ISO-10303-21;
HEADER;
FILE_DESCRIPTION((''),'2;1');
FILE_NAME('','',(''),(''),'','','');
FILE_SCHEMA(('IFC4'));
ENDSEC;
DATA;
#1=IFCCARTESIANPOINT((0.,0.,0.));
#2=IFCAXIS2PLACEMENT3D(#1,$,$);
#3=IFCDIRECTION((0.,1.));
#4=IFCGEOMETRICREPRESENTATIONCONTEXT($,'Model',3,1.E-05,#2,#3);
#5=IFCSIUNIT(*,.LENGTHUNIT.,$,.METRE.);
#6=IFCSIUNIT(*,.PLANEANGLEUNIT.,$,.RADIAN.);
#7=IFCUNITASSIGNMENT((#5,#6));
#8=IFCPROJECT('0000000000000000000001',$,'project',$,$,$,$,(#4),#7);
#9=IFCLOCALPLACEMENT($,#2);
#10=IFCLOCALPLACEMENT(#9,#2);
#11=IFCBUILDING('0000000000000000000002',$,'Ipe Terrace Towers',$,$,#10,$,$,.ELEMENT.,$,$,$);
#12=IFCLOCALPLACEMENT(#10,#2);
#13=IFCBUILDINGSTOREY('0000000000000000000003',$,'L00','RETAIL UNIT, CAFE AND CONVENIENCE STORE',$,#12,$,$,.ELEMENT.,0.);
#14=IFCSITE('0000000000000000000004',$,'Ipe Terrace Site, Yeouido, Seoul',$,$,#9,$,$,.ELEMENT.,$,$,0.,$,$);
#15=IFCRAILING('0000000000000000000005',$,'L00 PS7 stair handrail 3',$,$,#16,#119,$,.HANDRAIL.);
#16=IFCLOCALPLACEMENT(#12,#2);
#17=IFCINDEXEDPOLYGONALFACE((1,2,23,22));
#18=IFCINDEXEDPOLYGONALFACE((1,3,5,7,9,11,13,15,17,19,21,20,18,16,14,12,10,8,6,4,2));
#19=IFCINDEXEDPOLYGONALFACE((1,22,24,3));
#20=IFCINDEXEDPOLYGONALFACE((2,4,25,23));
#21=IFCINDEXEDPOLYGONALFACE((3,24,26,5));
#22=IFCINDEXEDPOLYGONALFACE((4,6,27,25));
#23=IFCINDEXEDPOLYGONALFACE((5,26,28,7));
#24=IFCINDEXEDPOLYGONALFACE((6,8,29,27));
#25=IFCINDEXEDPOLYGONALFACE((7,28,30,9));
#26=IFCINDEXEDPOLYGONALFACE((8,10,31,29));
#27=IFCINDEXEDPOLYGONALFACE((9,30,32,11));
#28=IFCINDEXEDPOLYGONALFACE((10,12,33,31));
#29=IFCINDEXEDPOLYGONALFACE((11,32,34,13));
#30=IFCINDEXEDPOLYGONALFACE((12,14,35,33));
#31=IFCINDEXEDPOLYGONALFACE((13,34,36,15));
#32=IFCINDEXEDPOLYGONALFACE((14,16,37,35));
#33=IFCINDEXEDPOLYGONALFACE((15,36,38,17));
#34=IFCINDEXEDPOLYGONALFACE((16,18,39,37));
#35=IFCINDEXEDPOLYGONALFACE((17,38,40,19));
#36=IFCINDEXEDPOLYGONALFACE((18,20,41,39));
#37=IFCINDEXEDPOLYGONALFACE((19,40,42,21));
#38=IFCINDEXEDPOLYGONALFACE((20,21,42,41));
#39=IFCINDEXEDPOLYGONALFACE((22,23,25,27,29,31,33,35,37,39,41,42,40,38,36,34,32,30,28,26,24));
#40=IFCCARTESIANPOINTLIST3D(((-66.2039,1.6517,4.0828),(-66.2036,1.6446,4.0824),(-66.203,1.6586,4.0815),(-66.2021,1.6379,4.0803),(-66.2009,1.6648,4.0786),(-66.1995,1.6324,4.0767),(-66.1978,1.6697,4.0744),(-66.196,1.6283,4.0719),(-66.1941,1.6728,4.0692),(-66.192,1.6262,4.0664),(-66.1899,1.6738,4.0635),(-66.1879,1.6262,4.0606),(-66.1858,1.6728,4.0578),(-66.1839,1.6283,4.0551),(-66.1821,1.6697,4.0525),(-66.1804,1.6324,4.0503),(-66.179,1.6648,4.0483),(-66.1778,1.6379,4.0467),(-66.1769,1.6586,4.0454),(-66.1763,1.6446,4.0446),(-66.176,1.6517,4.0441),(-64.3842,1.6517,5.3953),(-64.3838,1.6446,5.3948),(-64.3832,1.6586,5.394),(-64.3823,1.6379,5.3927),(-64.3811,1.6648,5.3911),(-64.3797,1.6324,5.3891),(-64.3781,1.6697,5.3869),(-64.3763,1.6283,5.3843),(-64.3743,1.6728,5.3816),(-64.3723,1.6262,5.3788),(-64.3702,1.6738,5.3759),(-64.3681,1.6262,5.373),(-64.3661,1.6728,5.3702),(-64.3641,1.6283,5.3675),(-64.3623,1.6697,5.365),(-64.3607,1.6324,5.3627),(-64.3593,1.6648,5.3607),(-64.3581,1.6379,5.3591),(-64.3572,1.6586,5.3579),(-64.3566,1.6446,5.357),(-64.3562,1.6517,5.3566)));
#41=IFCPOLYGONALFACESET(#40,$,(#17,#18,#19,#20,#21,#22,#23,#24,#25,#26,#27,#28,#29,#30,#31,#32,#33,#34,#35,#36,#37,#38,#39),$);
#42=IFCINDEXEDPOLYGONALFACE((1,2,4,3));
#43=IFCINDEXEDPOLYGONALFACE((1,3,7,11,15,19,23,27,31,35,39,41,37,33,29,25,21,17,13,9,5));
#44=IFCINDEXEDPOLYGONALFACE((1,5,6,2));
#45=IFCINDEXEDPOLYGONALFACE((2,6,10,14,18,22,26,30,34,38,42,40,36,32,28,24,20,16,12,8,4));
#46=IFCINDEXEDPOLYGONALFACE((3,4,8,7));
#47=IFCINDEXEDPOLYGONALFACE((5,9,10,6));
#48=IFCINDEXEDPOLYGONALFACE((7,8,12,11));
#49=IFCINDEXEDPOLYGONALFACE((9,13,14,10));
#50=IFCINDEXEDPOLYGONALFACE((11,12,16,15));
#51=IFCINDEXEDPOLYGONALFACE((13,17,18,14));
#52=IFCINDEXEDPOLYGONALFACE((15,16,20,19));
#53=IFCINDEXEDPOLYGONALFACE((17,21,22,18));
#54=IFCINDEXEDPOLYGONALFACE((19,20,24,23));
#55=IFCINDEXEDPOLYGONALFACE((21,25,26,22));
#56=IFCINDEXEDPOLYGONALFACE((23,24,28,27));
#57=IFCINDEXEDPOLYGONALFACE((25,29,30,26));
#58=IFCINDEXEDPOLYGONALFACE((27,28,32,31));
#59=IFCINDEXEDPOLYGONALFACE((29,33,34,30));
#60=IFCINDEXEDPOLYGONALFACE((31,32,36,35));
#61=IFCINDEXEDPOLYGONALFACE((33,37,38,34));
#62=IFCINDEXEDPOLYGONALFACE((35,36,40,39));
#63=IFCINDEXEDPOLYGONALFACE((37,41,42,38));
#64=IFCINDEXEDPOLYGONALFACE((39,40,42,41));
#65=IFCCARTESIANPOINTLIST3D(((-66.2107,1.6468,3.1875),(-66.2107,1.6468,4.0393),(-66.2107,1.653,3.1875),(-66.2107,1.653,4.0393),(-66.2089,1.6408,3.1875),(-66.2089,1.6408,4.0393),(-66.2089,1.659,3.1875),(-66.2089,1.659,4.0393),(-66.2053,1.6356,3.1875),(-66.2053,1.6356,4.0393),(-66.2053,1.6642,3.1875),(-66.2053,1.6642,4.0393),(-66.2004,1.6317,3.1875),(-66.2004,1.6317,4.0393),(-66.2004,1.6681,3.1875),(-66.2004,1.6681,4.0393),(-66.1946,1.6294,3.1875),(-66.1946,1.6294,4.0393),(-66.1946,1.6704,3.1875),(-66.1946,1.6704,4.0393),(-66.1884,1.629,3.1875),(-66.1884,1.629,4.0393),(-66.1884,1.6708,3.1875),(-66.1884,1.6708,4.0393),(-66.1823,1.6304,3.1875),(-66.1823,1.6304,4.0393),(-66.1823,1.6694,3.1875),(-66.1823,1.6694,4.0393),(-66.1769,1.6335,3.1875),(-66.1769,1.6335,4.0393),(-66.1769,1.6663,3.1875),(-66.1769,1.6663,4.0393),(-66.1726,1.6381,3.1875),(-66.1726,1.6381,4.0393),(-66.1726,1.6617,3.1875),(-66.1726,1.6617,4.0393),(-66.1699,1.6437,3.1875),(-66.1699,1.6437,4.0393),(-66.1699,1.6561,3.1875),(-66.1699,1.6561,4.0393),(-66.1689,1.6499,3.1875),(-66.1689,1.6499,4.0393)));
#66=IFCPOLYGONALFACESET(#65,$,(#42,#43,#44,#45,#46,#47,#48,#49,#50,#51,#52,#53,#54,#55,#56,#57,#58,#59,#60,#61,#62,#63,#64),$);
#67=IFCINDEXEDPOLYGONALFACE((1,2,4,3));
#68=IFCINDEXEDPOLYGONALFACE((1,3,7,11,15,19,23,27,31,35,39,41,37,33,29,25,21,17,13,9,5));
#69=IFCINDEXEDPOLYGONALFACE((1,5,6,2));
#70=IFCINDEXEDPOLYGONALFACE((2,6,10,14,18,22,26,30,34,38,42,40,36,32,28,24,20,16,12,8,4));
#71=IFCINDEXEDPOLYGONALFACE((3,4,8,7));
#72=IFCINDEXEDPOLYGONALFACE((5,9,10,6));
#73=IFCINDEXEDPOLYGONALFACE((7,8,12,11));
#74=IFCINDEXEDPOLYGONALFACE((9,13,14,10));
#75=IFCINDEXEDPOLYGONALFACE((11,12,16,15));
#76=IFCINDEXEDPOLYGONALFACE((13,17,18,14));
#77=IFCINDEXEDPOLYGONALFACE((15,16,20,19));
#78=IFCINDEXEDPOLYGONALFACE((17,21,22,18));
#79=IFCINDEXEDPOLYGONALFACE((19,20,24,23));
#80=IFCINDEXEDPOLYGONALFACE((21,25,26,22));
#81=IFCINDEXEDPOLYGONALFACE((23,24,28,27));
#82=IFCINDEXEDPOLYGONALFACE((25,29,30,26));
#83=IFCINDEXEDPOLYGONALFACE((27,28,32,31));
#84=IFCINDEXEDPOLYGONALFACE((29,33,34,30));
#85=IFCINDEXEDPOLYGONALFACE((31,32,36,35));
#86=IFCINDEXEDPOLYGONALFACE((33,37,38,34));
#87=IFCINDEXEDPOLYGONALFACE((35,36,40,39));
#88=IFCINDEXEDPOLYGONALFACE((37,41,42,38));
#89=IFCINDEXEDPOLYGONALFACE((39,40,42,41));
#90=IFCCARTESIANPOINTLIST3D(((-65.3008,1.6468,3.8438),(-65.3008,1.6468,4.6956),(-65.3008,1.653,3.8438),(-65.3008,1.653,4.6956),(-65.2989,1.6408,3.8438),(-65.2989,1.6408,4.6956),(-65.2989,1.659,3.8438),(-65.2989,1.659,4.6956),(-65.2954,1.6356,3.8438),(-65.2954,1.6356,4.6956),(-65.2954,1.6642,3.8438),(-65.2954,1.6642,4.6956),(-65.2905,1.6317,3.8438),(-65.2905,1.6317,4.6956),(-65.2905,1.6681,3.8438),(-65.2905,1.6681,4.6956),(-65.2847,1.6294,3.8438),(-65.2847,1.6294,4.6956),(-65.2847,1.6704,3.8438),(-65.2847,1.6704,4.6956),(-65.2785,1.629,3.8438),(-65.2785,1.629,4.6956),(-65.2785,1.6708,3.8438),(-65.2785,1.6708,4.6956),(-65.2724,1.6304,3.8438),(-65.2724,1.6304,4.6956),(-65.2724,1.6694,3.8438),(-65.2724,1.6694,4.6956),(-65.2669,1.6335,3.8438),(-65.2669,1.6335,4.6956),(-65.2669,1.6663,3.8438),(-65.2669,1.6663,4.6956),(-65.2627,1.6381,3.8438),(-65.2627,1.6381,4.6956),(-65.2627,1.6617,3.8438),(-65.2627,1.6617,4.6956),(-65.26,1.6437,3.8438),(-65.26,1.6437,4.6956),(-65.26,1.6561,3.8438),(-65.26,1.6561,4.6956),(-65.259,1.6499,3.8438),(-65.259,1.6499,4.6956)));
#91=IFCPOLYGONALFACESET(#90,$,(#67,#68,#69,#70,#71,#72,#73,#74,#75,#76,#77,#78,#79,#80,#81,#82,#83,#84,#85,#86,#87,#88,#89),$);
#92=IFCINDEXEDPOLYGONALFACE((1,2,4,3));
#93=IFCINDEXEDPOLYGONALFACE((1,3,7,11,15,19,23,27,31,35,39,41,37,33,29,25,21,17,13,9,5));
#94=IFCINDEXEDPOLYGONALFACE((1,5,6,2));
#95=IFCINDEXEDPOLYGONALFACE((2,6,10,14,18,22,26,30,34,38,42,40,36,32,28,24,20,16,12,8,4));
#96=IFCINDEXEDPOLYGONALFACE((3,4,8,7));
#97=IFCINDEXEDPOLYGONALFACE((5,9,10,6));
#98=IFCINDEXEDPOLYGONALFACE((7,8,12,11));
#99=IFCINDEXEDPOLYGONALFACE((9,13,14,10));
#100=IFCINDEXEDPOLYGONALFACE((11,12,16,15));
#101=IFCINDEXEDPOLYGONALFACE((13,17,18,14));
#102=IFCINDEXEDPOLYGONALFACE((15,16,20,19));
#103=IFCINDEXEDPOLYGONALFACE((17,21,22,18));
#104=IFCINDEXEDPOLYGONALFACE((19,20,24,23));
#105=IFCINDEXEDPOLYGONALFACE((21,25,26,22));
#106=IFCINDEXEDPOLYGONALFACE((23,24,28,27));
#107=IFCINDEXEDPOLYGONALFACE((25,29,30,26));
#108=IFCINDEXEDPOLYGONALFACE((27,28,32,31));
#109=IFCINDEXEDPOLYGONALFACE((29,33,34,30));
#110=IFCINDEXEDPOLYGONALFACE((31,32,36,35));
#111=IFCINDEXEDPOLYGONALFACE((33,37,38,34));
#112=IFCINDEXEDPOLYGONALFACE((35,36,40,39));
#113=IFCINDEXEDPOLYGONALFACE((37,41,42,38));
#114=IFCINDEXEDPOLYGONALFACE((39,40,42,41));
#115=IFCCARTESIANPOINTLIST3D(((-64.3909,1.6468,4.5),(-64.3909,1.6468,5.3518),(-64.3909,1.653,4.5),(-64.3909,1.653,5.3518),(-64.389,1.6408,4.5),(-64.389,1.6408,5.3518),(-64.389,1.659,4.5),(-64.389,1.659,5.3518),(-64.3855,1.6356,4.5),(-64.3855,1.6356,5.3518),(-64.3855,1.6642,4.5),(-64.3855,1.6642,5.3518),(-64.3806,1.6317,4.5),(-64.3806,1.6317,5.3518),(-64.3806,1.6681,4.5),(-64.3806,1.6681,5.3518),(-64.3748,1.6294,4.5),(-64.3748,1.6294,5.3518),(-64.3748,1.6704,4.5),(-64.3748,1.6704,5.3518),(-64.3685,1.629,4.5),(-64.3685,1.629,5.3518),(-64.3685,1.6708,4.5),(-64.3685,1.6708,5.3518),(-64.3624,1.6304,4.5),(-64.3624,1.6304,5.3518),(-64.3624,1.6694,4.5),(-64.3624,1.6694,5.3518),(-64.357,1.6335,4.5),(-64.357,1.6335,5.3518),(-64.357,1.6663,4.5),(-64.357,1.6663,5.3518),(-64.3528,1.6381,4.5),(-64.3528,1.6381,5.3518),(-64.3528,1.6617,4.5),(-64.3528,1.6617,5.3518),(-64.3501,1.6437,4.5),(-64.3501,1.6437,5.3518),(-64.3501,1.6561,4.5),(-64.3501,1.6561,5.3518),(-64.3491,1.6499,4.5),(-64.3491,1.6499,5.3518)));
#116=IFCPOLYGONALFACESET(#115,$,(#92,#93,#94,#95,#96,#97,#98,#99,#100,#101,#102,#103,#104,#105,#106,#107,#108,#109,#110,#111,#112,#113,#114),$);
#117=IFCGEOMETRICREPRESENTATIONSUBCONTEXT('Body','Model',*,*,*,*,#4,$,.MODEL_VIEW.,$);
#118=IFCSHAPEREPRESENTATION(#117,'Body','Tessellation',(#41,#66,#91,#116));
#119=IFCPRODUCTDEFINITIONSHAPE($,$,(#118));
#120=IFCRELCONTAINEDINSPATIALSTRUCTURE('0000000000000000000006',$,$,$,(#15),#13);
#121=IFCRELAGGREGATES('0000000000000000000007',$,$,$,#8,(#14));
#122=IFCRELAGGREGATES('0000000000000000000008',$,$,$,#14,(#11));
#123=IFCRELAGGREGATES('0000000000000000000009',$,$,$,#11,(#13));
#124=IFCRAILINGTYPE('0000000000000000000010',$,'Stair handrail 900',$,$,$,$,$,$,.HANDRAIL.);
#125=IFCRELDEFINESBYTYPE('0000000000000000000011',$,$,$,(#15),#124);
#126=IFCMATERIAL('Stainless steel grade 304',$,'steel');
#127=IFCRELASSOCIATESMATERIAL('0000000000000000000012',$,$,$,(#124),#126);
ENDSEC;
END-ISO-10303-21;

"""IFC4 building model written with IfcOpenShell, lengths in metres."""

from ifc_helpers import new_model, si_unit, direction, frame, origin, origin_2d, place, context, subcontext, project, spatial, circle, extrude, material, type_object, element, save


model = new_model("IFC4")

# Units and contexts
model_context = context("Model", 3, precision=1e-05, world=origin(), true_north=direction((0.0, 1.0)))
body_context = subcontext(model_context, "Body", "Model", "MODEL_VIEW")
ifc_project = project(units=[si_unit("LENGTHUNIT", "METRE"), si_unit("PLANEANGLEUNIT", "RADIAN")], contexts=[model_context])

# Site, building, storey
site_placement = place(None, origin())
site = spatial("IfcSite", under=ifc_project, at=site_placement, Name="Ipe Terrace Site, Yeouido, Seoul", CompositionType="ELEMENT", RefElevation=0.0)
building_placement = place(site_placement, origin())
building = spatial("IfcBuilding", under=site, at=building_placement, Name="Ipe Terrace Towers", CompositionType="ELEMENT")
storey_placement = place(building_placement, origin())
storey = spatial("IfcBuildingStorey", under=building, at=storey_placement, Name="L00", Description="RETAIL UNIT, CAFE AND CONVENIENCE STORE", CompositionType="ELEMENT", Elevation=0.0)

# Railing
ifc_material_1 = material(Name="Stainless steel grade 304", Category="steel")
railing_type_1 = type_object("IfcRailingType", Name="Stair handrail 900", PredefinedType="HANDRAIL", material=ifc_material_1)
railing_1_placement = place(storey_placement, frame((-66.1899, 1.6499, 3.1875)))
element("IfcRailing", 1, at=railing_1_placement, inside=storey, type_object=railing_type_1, Name="L00 PS7 stair handrail 3", PredefinedType="HANDRAIL", context=body_context, shape_type="SweptSolid", body=[
    extrude(circle(Radius=0.0239, at=origin_2d()), frame((0.0, 0.0, 0.876), z_axis=(0.811064, 0.0, 0.584958), x_axis=(0.0, 1.0, 0.0)), (0.0, 0.0, 1.0), 2.2437),
    extrude(circle(Radius=0.021, at=origin_2d()), origin(), (0.0, 0.0, 1.0), 0.8518),
    extrude(circle(Radius=0.021, at=origin_2d()), frame((0.9099, 0.0, 0.6562)), (0.0, 0.0, 1.0), 0.8518),
    extrude(circle(Radius=0.021, at=origin_2d()), frame((1.8198, 0.0, 1.3125)), (0.0, 0.0, 1.0), 0.8518),
])

save(model, "model.ifc")
